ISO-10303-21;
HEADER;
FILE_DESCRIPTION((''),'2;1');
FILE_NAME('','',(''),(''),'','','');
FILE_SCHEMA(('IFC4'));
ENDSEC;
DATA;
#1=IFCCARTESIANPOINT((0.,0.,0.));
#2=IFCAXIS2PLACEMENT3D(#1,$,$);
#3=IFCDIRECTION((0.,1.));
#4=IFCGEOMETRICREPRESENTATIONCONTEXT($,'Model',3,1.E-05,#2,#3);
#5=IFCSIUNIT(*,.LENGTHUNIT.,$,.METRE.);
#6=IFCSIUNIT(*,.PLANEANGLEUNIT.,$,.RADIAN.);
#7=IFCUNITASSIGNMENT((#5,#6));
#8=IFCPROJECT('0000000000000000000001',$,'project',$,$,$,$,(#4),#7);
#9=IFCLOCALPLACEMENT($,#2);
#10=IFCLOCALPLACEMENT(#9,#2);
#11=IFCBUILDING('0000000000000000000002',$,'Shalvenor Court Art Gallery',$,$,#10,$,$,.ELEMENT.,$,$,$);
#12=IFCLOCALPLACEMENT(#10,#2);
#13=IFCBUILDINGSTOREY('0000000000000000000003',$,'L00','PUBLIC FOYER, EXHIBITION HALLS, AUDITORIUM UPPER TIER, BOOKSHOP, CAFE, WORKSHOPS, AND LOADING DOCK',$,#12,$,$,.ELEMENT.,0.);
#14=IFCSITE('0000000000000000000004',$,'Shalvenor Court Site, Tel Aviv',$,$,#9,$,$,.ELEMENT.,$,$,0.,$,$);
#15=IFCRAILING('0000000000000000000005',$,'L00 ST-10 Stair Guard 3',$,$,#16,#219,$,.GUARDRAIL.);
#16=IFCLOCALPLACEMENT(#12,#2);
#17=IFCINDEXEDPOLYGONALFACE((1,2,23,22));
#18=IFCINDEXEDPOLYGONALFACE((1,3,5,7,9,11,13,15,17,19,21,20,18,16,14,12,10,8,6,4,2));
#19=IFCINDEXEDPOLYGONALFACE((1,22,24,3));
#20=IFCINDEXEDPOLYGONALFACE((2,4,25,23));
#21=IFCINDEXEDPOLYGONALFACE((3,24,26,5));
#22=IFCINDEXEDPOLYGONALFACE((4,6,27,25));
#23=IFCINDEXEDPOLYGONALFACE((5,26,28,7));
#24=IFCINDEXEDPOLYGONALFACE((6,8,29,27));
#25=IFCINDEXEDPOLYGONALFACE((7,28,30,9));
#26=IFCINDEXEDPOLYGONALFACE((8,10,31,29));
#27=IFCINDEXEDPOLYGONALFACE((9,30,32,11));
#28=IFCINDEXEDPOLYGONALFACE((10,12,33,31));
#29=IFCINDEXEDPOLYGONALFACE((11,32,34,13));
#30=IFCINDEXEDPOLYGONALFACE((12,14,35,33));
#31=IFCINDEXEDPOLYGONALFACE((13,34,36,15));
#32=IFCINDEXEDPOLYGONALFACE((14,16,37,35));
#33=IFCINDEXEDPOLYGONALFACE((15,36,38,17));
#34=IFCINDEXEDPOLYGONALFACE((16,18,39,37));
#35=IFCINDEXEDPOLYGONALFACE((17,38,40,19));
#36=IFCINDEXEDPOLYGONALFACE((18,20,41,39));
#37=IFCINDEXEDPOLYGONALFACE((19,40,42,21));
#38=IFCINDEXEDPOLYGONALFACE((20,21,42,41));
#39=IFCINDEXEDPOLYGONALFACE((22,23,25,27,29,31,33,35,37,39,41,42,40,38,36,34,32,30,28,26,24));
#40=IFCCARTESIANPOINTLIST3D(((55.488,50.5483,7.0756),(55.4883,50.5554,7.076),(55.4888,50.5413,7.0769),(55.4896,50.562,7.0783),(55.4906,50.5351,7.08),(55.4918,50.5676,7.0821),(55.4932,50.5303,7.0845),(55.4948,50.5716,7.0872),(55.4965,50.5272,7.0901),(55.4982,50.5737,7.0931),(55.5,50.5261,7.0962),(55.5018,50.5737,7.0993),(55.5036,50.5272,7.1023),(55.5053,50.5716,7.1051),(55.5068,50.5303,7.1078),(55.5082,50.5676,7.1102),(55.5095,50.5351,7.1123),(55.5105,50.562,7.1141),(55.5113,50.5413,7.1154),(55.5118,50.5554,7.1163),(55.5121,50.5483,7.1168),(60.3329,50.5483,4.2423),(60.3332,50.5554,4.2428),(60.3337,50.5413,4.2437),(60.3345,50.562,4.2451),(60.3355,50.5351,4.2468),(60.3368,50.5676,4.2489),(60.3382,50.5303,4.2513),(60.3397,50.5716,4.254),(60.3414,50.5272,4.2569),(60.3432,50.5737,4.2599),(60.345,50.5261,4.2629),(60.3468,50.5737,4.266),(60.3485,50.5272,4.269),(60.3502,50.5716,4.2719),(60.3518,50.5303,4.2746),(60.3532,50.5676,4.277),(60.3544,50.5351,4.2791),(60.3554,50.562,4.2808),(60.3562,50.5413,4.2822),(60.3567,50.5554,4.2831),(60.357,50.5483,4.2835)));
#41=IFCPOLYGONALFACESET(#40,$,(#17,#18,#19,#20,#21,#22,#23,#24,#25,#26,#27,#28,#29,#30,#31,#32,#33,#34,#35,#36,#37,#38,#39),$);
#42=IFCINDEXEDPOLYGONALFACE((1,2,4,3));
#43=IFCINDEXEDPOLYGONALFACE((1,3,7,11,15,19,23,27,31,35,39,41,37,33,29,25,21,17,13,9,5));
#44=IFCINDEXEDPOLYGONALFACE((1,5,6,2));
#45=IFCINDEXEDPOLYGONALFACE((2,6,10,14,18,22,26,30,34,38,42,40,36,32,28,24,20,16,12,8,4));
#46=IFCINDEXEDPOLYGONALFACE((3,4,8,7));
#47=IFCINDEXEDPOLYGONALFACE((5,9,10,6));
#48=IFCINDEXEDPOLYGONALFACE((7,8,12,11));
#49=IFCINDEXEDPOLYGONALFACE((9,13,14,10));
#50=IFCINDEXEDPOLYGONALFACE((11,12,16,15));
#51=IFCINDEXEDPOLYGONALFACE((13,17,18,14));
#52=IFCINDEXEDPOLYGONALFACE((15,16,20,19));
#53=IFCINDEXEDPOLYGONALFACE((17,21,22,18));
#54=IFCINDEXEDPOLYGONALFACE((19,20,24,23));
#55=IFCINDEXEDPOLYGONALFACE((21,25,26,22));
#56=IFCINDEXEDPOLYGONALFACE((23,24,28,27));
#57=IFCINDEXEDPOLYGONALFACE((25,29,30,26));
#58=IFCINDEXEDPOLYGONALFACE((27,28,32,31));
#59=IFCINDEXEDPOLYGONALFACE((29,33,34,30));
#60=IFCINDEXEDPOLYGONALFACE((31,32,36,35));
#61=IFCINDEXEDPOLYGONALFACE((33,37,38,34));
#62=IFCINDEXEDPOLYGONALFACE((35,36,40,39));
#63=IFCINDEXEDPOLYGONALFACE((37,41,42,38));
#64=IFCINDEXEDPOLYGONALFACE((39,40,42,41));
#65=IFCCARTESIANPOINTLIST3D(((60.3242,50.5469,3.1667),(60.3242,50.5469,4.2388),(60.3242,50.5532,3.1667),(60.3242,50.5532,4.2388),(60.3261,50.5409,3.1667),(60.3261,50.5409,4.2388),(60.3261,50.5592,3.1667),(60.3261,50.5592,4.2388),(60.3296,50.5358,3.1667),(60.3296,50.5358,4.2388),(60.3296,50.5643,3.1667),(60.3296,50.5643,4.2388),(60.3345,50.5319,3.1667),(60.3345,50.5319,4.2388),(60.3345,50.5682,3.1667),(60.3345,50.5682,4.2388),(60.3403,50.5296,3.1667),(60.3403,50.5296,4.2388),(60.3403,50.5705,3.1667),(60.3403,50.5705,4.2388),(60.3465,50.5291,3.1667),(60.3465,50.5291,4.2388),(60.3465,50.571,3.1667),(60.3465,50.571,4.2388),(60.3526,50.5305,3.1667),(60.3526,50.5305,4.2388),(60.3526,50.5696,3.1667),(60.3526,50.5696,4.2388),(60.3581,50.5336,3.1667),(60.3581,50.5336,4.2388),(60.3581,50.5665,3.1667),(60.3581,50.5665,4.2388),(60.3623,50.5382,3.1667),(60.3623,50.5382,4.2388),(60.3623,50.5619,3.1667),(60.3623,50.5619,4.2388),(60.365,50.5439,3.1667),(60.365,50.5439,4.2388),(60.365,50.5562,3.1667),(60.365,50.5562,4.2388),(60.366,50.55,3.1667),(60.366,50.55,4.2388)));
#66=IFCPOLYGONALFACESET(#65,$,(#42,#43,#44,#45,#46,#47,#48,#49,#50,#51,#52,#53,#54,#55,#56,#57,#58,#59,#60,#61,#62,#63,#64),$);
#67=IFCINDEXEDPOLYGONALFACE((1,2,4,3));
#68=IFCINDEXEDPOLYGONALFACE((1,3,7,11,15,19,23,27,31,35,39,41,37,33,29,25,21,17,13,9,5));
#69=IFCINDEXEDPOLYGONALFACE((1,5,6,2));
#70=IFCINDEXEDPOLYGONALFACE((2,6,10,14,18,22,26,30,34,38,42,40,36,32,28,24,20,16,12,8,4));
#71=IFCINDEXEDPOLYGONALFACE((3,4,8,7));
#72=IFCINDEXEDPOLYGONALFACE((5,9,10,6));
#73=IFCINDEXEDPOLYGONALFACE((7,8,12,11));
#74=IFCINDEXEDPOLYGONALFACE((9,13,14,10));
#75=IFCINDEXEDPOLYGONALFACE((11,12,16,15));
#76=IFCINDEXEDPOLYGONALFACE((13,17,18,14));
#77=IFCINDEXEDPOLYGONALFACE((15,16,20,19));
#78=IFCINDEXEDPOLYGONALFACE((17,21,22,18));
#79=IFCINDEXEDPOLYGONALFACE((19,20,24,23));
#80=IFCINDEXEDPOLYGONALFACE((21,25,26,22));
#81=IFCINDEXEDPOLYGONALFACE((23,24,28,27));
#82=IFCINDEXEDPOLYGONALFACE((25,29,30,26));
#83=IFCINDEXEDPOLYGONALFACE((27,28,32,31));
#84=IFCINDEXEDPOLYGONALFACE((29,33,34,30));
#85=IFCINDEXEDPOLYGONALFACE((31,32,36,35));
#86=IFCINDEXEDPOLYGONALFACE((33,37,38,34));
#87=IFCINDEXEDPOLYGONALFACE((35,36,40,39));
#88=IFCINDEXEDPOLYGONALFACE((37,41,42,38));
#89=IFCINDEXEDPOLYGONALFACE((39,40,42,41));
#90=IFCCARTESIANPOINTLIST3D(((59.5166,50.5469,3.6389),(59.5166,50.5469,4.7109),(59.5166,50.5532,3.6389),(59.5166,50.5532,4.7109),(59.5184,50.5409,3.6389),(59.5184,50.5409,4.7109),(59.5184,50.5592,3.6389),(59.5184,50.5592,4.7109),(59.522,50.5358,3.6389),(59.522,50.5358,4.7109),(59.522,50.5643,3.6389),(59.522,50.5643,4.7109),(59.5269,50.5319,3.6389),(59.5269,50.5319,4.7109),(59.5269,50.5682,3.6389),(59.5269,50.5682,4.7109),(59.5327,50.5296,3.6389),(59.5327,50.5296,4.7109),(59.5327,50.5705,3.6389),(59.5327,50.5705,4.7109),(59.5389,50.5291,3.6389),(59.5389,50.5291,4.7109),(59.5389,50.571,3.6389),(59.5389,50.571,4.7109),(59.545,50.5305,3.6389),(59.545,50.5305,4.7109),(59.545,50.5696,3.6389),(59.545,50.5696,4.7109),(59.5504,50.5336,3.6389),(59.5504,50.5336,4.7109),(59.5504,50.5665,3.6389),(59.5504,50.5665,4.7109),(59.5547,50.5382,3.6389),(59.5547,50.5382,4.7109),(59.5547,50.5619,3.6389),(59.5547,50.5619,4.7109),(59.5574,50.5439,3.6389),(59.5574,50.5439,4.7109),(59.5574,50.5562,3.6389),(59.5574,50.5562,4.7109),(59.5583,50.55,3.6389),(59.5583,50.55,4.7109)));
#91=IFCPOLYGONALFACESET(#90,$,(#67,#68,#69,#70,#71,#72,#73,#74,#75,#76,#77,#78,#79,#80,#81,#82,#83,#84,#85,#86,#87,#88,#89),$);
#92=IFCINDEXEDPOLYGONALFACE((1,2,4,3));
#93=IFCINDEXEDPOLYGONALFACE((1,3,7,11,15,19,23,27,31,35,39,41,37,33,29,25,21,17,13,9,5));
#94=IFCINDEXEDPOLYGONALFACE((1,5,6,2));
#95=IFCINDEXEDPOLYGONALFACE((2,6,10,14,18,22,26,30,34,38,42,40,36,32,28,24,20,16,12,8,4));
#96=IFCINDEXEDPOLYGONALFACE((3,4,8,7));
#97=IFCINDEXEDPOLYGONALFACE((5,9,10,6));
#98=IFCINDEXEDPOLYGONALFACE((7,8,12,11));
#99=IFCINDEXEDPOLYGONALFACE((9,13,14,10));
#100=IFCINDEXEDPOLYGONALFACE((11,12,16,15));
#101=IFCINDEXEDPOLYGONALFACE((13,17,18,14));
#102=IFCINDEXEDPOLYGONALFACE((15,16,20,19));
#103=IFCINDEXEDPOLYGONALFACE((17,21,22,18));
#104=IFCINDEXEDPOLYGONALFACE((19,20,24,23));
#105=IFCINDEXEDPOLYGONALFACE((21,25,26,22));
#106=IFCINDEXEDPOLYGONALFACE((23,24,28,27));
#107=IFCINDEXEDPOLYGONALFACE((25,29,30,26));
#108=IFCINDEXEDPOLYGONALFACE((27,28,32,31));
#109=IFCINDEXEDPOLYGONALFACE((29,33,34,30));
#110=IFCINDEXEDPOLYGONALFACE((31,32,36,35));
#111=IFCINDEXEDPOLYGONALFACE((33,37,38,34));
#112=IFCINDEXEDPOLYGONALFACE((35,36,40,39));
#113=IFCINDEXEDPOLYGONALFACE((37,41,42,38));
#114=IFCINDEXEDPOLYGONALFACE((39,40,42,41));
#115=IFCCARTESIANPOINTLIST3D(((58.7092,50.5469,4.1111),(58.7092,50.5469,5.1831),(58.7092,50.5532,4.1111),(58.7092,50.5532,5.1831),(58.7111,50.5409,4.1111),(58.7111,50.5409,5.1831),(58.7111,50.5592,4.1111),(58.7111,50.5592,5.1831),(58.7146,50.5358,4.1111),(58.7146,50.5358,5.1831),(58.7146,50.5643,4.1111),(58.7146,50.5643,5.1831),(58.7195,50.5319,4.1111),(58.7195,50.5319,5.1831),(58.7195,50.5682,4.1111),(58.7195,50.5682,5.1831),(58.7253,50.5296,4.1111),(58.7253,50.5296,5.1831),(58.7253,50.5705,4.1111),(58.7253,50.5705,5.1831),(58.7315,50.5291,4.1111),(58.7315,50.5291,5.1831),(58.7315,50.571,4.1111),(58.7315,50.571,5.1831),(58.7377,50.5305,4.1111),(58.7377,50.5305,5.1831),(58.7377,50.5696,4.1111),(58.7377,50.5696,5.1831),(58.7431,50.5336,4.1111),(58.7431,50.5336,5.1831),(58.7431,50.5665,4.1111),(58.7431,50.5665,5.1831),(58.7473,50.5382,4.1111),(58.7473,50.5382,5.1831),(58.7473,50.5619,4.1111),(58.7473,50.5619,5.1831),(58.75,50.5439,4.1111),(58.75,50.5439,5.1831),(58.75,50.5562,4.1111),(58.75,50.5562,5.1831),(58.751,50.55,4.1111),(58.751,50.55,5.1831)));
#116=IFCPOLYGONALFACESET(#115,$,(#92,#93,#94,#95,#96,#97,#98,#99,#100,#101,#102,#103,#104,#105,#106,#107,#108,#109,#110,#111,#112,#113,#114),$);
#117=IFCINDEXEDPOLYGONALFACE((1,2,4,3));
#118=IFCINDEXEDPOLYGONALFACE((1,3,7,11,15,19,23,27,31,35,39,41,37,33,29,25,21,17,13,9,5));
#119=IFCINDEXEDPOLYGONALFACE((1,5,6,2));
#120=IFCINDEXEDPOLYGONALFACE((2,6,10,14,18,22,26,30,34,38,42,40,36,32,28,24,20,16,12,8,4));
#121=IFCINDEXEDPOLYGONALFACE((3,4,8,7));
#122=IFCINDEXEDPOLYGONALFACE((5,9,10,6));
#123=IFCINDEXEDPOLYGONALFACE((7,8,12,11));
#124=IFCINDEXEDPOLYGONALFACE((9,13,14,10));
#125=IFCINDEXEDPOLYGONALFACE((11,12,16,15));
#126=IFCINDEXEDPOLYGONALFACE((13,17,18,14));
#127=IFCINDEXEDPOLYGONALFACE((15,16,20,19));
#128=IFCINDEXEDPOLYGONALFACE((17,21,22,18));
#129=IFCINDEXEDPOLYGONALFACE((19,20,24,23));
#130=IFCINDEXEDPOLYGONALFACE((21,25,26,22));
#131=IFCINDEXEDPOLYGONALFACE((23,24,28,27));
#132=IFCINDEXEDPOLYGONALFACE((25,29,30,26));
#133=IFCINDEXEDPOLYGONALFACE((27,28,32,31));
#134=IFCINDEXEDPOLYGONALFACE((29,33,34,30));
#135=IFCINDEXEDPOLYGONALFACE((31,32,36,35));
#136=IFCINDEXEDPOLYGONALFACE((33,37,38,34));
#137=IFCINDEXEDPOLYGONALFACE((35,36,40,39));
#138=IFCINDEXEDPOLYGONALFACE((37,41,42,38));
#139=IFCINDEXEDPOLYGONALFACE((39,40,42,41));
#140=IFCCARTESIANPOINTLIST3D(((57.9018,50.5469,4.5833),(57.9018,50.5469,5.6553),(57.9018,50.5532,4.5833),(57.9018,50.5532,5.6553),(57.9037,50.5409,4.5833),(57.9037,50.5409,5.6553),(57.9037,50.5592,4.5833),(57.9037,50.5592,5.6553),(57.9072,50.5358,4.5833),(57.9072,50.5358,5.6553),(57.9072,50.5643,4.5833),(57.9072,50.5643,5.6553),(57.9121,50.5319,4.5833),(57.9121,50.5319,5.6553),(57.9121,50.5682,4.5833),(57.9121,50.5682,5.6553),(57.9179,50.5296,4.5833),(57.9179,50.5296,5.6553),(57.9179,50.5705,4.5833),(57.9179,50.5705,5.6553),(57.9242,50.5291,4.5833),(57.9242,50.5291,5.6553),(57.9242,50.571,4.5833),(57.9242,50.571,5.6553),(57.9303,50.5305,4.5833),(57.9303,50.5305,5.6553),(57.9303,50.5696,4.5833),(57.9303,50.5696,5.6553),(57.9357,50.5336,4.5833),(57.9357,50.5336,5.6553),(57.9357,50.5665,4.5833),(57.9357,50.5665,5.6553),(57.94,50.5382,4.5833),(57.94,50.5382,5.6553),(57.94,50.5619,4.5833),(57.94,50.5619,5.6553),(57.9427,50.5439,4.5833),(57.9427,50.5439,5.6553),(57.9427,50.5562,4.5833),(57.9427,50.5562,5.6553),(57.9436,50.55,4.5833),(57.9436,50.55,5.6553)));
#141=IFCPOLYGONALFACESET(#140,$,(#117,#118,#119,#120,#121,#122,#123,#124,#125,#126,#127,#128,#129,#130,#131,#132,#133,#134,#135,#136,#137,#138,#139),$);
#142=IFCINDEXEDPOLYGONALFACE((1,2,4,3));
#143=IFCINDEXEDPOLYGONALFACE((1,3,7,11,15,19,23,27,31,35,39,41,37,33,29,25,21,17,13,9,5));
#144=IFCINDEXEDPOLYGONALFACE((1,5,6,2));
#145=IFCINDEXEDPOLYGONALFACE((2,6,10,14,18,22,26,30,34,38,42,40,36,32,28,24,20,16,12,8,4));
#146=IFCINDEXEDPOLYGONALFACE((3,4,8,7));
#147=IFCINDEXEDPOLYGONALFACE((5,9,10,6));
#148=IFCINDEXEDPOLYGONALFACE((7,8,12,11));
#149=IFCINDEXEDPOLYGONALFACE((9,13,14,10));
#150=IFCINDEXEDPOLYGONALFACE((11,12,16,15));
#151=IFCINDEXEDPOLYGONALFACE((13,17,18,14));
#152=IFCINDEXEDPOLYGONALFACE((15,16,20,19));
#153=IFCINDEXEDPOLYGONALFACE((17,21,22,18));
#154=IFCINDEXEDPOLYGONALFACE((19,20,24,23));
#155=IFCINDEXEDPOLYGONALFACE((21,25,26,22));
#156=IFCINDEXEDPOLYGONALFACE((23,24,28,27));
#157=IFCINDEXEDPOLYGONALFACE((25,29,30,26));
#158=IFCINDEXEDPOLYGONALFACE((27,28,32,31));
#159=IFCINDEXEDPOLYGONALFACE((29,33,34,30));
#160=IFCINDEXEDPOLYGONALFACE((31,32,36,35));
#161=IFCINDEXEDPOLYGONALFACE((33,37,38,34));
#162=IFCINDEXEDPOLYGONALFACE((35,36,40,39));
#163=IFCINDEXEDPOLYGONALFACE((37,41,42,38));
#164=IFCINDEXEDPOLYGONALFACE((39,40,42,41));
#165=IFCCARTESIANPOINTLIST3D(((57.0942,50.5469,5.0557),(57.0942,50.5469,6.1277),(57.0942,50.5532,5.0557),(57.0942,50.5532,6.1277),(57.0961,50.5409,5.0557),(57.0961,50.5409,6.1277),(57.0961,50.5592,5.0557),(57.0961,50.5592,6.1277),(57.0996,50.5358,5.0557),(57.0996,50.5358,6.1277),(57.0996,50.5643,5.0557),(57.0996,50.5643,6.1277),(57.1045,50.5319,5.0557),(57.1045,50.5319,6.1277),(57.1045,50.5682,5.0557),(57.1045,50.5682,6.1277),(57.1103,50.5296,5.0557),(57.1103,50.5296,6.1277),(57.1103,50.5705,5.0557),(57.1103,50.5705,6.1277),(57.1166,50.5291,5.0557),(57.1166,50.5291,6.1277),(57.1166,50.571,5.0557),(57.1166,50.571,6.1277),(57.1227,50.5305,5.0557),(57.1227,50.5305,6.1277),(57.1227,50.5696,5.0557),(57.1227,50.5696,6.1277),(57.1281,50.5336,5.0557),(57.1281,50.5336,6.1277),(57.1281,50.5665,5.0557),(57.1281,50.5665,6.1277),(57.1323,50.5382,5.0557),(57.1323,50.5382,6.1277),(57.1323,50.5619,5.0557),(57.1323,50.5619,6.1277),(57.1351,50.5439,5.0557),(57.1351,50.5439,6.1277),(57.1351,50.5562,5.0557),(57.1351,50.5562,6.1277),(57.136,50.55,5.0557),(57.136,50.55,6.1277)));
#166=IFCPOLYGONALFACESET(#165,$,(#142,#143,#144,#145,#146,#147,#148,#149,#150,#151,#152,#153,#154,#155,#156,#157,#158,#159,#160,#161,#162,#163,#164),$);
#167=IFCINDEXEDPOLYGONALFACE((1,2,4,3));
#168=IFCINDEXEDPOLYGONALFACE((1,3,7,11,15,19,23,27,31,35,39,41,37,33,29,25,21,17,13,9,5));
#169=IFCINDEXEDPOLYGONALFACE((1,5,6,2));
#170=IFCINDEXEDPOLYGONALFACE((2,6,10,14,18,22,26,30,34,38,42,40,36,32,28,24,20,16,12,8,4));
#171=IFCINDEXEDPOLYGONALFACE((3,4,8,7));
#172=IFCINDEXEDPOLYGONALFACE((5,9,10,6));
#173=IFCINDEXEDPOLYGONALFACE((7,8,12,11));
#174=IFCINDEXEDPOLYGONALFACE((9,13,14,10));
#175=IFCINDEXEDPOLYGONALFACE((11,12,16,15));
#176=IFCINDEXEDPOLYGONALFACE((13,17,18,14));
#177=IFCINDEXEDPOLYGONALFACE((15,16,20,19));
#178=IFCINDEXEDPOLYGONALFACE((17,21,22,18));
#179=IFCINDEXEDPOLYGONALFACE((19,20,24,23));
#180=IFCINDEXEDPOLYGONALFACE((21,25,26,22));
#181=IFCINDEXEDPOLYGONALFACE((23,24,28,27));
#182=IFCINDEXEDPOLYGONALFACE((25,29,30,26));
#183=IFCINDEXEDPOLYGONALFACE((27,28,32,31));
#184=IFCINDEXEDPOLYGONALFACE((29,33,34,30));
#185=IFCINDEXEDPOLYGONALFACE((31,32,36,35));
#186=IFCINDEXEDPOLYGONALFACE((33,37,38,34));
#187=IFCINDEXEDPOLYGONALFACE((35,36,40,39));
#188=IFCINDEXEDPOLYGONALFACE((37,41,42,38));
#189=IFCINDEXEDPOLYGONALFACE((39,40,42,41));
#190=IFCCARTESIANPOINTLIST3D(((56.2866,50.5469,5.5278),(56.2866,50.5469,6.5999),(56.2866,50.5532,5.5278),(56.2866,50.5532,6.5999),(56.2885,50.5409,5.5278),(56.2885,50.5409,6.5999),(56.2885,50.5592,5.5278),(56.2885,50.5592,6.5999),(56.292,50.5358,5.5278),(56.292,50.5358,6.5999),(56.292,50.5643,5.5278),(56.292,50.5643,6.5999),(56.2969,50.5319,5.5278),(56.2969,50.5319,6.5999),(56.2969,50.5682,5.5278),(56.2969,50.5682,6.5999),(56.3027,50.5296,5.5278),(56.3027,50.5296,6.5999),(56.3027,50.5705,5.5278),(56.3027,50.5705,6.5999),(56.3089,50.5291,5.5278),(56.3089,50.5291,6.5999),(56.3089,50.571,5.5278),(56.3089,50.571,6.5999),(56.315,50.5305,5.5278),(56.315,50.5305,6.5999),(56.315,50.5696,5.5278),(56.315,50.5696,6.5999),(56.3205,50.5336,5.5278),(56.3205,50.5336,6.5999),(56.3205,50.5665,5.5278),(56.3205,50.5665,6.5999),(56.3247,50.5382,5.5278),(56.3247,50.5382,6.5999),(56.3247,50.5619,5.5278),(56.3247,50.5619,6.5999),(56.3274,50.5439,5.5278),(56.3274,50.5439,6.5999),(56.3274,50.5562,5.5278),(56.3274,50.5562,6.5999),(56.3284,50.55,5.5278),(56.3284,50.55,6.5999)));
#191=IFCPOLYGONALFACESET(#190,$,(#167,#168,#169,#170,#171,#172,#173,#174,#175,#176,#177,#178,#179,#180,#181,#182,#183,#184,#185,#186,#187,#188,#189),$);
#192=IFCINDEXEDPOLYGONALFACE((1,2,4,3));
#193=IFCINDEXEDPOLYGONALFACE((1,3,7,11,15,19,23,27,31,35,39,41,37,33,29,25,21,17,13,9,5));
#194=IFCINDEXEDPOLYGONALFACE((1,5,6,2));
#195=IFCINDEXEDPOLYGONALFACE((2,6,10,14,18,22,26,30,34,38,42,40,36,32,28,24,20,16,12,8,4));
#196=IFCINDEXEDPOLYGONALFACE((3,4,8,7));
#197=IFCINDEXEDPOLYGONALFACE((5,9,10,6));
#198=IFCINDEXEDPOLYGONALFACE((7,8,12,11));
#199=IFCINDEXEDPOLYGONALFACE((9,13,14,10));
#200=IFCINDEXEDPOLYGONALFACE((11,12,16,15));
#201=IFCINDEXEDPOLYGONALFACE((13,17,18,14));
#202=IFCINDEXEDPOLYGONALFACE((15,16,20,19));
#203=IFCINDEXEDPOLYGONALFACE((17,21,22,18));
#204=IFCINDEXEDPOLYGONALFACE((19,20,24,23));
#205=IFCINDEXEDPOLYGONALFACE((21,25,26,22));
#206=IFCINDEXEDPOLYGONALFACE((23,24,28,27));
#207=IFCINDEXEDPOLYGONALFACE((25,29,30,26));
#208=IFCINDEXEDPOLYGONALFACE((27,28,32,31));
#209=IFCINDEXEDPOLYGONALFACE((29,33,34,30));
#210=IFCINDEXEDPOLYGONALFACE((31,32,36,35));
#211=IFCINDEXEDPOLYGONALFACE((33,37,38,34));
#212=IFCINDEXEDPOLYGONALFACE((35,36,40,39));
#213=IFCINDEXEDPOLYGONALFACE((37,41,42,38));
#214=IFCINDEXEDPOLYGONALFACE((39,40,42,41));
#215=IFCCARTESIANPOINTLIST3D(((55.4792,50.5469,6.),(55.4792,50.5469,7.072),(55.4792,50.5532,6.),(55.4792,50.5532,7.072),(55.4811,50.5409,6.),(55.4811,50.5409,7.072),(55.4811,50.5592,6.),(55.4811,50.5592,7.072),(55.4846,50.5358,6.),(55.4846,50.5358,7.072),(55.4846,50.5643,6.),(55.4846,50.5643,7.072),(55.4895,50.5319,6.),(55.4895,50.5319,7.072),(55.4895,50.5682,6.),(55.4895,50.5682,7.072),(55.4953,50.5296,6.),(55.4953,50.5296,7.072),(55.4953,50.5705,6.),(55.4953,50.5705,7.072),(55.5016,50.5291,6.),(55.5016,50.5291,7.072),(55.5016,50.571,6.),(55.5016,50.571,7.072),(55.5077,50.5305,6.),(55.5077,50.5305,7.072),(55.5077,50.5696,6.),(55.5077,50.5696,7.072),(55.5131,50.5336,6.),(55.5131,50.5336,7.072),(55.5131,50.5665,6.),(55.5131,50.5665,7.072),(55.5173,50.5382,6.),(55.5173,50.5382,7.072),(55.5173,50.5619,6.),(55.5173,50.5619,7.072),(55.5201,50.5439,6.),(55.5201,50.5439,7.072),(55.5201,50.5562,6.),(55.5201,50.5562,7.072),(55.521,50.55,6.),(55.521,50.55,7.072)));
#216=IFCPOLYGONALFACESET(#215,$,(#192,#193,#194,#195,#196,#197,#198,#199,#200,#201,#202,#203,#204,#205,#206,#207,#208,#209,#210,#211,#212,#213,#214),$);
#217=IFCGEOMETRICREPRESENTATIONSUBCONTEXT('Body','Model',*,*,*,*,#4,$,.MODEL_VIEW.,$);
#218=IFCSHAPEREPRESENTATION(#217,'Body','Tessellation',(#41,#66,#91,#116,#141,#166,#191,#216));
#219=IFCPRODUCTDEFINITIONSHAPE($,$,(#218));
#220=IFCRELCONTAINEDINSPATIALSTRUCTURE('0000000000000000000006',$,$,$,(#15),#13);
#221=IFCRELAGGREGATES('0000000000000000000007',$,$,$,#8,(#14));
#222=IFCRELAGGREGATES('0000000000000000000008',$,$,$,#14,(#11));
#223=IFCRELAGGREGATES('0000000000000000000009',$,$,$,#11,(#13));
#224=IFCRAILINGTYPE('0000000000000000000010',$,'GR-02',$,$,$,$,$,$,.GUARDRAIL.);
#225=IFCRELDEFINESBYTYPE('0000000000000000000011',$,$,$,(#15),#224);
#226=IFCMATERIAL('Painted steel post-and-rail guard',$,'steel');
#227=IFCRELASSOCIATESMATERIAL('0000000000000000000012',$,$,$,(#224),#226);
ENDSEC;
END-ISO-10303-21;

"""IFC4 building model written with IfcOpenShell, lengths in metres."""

from ifc_helpers import new_model, si_unit, direction, frame, origin, origin_2d, place, context, subcontext, project, spatial, circle, extrude, material, type_object, element, save


model = new_model("IFC4")

# Units and contexts
model_context = context("Model", 3, precision=1e-05, world=origin(), true_north=direction((0.0, 1.0)))
body_context = subcontext(model_context, "Body", "Model", "MODEL_VIEW")
ifc_project = project(units=[si_unit("LENGTHUNIT", "METRE"), si_unit("PLANEANGLEUNIT", "RADIAN")], contexts=[model_context])

# Site, building, storey
site_placement = place(None, origin())
site = spatial("IfcSite", under=ifc_project, at=site_placement, Name="Shalvenor Court Site, Tel Aviv", CompositionType="ELEMENT", RefElevation=0.0)
building_placement = place(site_placement, origin())
building = spatial("IfcBuilding", under=site, at=building_placement, Name="Shalvenor Court Art Gallery", CompositionType="ELEMENT")
storey_placement = place(building_placement, origin())
storey = spatial("IfcBuildingStorey", under=building, at=storey_placement, Name="L00", Description="PUBLIC FOYER, EXHIBITION HALLS, AUDITORIUM UPPER TIER, BOOKSHOP, CAFE, WORKSHOPS, AND LOADING DOCK", CompositionType="ELEMENT", Elevation=0.0)

# Railing
ifc_material_1 = material(Name="Painted steel post-and-rail guard", Category="steel")
railing_type_1 = type_object("IfcRailingType", Name="GR-02", PredefinedType="GUARDRAIL", material=ifc_material_1)
railing_1_placement = place(storey_placement, frame((60.345, 50.55, 3.1667)))
element("IfcRailing", 1, at=railing_1_placement, inside=storey, type_object=railing_type_1, Name="L00 ST-10 Stair Guard 3", PredefinedType="GUARDRAIL", context=body_context, shape_type="SweptSolid", body=[
    extrude(circle(Radius=0.0239, at=origin_2d()), frame((0.0, 0.0, 1.0962), z_axis=(-0.863234, 0.0, 0.504804), x_axis=(0.0, -1.0, 0.0)), (0.0, 0.0, 1.0), 5.6125),
    extrude(circle(Radius=0.021, at=origin_2d()), origin(), (0.0, 0.0, 1.0), 1.072),
    extrude(circle(Radius=0.021, at=origin_2d()), frame((-0.8076, 0.0, 0.4722)), (0.0, 0.0, 1.0), 1.072),
    extrude(circle(Radius=0.021, at=origin_2d()), frame((-1.615, 0.0, 0.9443)), (0.0, 0.0, 1.0), 1.072),
    extrude(circle(Radius=0.021, at=origin_2d()), frame((-2.4224, 0.0, 1.4165)), (0.0, 0.0, 1.0), 1.072),
    extrude(circle(Radius=0.021, at=origin_2d()), frame((-3.23, 0.0, 1.8889)), (0.0, 0.0, 1.0), 1.072),
    extrude(circle(Radius=0.021, at=origin_2d()), frame((-4.0376, 0.0, 2.3611)), (0.0, 0.0, 1.0), 1.072),
    extrude(circle(Radius=0.021, at=origin_2d()), frame((-4.845, 0.0, 2.8333)), (0.0, 0.0, 1.0), 1.072),
])

save(model, "model.ifc")
